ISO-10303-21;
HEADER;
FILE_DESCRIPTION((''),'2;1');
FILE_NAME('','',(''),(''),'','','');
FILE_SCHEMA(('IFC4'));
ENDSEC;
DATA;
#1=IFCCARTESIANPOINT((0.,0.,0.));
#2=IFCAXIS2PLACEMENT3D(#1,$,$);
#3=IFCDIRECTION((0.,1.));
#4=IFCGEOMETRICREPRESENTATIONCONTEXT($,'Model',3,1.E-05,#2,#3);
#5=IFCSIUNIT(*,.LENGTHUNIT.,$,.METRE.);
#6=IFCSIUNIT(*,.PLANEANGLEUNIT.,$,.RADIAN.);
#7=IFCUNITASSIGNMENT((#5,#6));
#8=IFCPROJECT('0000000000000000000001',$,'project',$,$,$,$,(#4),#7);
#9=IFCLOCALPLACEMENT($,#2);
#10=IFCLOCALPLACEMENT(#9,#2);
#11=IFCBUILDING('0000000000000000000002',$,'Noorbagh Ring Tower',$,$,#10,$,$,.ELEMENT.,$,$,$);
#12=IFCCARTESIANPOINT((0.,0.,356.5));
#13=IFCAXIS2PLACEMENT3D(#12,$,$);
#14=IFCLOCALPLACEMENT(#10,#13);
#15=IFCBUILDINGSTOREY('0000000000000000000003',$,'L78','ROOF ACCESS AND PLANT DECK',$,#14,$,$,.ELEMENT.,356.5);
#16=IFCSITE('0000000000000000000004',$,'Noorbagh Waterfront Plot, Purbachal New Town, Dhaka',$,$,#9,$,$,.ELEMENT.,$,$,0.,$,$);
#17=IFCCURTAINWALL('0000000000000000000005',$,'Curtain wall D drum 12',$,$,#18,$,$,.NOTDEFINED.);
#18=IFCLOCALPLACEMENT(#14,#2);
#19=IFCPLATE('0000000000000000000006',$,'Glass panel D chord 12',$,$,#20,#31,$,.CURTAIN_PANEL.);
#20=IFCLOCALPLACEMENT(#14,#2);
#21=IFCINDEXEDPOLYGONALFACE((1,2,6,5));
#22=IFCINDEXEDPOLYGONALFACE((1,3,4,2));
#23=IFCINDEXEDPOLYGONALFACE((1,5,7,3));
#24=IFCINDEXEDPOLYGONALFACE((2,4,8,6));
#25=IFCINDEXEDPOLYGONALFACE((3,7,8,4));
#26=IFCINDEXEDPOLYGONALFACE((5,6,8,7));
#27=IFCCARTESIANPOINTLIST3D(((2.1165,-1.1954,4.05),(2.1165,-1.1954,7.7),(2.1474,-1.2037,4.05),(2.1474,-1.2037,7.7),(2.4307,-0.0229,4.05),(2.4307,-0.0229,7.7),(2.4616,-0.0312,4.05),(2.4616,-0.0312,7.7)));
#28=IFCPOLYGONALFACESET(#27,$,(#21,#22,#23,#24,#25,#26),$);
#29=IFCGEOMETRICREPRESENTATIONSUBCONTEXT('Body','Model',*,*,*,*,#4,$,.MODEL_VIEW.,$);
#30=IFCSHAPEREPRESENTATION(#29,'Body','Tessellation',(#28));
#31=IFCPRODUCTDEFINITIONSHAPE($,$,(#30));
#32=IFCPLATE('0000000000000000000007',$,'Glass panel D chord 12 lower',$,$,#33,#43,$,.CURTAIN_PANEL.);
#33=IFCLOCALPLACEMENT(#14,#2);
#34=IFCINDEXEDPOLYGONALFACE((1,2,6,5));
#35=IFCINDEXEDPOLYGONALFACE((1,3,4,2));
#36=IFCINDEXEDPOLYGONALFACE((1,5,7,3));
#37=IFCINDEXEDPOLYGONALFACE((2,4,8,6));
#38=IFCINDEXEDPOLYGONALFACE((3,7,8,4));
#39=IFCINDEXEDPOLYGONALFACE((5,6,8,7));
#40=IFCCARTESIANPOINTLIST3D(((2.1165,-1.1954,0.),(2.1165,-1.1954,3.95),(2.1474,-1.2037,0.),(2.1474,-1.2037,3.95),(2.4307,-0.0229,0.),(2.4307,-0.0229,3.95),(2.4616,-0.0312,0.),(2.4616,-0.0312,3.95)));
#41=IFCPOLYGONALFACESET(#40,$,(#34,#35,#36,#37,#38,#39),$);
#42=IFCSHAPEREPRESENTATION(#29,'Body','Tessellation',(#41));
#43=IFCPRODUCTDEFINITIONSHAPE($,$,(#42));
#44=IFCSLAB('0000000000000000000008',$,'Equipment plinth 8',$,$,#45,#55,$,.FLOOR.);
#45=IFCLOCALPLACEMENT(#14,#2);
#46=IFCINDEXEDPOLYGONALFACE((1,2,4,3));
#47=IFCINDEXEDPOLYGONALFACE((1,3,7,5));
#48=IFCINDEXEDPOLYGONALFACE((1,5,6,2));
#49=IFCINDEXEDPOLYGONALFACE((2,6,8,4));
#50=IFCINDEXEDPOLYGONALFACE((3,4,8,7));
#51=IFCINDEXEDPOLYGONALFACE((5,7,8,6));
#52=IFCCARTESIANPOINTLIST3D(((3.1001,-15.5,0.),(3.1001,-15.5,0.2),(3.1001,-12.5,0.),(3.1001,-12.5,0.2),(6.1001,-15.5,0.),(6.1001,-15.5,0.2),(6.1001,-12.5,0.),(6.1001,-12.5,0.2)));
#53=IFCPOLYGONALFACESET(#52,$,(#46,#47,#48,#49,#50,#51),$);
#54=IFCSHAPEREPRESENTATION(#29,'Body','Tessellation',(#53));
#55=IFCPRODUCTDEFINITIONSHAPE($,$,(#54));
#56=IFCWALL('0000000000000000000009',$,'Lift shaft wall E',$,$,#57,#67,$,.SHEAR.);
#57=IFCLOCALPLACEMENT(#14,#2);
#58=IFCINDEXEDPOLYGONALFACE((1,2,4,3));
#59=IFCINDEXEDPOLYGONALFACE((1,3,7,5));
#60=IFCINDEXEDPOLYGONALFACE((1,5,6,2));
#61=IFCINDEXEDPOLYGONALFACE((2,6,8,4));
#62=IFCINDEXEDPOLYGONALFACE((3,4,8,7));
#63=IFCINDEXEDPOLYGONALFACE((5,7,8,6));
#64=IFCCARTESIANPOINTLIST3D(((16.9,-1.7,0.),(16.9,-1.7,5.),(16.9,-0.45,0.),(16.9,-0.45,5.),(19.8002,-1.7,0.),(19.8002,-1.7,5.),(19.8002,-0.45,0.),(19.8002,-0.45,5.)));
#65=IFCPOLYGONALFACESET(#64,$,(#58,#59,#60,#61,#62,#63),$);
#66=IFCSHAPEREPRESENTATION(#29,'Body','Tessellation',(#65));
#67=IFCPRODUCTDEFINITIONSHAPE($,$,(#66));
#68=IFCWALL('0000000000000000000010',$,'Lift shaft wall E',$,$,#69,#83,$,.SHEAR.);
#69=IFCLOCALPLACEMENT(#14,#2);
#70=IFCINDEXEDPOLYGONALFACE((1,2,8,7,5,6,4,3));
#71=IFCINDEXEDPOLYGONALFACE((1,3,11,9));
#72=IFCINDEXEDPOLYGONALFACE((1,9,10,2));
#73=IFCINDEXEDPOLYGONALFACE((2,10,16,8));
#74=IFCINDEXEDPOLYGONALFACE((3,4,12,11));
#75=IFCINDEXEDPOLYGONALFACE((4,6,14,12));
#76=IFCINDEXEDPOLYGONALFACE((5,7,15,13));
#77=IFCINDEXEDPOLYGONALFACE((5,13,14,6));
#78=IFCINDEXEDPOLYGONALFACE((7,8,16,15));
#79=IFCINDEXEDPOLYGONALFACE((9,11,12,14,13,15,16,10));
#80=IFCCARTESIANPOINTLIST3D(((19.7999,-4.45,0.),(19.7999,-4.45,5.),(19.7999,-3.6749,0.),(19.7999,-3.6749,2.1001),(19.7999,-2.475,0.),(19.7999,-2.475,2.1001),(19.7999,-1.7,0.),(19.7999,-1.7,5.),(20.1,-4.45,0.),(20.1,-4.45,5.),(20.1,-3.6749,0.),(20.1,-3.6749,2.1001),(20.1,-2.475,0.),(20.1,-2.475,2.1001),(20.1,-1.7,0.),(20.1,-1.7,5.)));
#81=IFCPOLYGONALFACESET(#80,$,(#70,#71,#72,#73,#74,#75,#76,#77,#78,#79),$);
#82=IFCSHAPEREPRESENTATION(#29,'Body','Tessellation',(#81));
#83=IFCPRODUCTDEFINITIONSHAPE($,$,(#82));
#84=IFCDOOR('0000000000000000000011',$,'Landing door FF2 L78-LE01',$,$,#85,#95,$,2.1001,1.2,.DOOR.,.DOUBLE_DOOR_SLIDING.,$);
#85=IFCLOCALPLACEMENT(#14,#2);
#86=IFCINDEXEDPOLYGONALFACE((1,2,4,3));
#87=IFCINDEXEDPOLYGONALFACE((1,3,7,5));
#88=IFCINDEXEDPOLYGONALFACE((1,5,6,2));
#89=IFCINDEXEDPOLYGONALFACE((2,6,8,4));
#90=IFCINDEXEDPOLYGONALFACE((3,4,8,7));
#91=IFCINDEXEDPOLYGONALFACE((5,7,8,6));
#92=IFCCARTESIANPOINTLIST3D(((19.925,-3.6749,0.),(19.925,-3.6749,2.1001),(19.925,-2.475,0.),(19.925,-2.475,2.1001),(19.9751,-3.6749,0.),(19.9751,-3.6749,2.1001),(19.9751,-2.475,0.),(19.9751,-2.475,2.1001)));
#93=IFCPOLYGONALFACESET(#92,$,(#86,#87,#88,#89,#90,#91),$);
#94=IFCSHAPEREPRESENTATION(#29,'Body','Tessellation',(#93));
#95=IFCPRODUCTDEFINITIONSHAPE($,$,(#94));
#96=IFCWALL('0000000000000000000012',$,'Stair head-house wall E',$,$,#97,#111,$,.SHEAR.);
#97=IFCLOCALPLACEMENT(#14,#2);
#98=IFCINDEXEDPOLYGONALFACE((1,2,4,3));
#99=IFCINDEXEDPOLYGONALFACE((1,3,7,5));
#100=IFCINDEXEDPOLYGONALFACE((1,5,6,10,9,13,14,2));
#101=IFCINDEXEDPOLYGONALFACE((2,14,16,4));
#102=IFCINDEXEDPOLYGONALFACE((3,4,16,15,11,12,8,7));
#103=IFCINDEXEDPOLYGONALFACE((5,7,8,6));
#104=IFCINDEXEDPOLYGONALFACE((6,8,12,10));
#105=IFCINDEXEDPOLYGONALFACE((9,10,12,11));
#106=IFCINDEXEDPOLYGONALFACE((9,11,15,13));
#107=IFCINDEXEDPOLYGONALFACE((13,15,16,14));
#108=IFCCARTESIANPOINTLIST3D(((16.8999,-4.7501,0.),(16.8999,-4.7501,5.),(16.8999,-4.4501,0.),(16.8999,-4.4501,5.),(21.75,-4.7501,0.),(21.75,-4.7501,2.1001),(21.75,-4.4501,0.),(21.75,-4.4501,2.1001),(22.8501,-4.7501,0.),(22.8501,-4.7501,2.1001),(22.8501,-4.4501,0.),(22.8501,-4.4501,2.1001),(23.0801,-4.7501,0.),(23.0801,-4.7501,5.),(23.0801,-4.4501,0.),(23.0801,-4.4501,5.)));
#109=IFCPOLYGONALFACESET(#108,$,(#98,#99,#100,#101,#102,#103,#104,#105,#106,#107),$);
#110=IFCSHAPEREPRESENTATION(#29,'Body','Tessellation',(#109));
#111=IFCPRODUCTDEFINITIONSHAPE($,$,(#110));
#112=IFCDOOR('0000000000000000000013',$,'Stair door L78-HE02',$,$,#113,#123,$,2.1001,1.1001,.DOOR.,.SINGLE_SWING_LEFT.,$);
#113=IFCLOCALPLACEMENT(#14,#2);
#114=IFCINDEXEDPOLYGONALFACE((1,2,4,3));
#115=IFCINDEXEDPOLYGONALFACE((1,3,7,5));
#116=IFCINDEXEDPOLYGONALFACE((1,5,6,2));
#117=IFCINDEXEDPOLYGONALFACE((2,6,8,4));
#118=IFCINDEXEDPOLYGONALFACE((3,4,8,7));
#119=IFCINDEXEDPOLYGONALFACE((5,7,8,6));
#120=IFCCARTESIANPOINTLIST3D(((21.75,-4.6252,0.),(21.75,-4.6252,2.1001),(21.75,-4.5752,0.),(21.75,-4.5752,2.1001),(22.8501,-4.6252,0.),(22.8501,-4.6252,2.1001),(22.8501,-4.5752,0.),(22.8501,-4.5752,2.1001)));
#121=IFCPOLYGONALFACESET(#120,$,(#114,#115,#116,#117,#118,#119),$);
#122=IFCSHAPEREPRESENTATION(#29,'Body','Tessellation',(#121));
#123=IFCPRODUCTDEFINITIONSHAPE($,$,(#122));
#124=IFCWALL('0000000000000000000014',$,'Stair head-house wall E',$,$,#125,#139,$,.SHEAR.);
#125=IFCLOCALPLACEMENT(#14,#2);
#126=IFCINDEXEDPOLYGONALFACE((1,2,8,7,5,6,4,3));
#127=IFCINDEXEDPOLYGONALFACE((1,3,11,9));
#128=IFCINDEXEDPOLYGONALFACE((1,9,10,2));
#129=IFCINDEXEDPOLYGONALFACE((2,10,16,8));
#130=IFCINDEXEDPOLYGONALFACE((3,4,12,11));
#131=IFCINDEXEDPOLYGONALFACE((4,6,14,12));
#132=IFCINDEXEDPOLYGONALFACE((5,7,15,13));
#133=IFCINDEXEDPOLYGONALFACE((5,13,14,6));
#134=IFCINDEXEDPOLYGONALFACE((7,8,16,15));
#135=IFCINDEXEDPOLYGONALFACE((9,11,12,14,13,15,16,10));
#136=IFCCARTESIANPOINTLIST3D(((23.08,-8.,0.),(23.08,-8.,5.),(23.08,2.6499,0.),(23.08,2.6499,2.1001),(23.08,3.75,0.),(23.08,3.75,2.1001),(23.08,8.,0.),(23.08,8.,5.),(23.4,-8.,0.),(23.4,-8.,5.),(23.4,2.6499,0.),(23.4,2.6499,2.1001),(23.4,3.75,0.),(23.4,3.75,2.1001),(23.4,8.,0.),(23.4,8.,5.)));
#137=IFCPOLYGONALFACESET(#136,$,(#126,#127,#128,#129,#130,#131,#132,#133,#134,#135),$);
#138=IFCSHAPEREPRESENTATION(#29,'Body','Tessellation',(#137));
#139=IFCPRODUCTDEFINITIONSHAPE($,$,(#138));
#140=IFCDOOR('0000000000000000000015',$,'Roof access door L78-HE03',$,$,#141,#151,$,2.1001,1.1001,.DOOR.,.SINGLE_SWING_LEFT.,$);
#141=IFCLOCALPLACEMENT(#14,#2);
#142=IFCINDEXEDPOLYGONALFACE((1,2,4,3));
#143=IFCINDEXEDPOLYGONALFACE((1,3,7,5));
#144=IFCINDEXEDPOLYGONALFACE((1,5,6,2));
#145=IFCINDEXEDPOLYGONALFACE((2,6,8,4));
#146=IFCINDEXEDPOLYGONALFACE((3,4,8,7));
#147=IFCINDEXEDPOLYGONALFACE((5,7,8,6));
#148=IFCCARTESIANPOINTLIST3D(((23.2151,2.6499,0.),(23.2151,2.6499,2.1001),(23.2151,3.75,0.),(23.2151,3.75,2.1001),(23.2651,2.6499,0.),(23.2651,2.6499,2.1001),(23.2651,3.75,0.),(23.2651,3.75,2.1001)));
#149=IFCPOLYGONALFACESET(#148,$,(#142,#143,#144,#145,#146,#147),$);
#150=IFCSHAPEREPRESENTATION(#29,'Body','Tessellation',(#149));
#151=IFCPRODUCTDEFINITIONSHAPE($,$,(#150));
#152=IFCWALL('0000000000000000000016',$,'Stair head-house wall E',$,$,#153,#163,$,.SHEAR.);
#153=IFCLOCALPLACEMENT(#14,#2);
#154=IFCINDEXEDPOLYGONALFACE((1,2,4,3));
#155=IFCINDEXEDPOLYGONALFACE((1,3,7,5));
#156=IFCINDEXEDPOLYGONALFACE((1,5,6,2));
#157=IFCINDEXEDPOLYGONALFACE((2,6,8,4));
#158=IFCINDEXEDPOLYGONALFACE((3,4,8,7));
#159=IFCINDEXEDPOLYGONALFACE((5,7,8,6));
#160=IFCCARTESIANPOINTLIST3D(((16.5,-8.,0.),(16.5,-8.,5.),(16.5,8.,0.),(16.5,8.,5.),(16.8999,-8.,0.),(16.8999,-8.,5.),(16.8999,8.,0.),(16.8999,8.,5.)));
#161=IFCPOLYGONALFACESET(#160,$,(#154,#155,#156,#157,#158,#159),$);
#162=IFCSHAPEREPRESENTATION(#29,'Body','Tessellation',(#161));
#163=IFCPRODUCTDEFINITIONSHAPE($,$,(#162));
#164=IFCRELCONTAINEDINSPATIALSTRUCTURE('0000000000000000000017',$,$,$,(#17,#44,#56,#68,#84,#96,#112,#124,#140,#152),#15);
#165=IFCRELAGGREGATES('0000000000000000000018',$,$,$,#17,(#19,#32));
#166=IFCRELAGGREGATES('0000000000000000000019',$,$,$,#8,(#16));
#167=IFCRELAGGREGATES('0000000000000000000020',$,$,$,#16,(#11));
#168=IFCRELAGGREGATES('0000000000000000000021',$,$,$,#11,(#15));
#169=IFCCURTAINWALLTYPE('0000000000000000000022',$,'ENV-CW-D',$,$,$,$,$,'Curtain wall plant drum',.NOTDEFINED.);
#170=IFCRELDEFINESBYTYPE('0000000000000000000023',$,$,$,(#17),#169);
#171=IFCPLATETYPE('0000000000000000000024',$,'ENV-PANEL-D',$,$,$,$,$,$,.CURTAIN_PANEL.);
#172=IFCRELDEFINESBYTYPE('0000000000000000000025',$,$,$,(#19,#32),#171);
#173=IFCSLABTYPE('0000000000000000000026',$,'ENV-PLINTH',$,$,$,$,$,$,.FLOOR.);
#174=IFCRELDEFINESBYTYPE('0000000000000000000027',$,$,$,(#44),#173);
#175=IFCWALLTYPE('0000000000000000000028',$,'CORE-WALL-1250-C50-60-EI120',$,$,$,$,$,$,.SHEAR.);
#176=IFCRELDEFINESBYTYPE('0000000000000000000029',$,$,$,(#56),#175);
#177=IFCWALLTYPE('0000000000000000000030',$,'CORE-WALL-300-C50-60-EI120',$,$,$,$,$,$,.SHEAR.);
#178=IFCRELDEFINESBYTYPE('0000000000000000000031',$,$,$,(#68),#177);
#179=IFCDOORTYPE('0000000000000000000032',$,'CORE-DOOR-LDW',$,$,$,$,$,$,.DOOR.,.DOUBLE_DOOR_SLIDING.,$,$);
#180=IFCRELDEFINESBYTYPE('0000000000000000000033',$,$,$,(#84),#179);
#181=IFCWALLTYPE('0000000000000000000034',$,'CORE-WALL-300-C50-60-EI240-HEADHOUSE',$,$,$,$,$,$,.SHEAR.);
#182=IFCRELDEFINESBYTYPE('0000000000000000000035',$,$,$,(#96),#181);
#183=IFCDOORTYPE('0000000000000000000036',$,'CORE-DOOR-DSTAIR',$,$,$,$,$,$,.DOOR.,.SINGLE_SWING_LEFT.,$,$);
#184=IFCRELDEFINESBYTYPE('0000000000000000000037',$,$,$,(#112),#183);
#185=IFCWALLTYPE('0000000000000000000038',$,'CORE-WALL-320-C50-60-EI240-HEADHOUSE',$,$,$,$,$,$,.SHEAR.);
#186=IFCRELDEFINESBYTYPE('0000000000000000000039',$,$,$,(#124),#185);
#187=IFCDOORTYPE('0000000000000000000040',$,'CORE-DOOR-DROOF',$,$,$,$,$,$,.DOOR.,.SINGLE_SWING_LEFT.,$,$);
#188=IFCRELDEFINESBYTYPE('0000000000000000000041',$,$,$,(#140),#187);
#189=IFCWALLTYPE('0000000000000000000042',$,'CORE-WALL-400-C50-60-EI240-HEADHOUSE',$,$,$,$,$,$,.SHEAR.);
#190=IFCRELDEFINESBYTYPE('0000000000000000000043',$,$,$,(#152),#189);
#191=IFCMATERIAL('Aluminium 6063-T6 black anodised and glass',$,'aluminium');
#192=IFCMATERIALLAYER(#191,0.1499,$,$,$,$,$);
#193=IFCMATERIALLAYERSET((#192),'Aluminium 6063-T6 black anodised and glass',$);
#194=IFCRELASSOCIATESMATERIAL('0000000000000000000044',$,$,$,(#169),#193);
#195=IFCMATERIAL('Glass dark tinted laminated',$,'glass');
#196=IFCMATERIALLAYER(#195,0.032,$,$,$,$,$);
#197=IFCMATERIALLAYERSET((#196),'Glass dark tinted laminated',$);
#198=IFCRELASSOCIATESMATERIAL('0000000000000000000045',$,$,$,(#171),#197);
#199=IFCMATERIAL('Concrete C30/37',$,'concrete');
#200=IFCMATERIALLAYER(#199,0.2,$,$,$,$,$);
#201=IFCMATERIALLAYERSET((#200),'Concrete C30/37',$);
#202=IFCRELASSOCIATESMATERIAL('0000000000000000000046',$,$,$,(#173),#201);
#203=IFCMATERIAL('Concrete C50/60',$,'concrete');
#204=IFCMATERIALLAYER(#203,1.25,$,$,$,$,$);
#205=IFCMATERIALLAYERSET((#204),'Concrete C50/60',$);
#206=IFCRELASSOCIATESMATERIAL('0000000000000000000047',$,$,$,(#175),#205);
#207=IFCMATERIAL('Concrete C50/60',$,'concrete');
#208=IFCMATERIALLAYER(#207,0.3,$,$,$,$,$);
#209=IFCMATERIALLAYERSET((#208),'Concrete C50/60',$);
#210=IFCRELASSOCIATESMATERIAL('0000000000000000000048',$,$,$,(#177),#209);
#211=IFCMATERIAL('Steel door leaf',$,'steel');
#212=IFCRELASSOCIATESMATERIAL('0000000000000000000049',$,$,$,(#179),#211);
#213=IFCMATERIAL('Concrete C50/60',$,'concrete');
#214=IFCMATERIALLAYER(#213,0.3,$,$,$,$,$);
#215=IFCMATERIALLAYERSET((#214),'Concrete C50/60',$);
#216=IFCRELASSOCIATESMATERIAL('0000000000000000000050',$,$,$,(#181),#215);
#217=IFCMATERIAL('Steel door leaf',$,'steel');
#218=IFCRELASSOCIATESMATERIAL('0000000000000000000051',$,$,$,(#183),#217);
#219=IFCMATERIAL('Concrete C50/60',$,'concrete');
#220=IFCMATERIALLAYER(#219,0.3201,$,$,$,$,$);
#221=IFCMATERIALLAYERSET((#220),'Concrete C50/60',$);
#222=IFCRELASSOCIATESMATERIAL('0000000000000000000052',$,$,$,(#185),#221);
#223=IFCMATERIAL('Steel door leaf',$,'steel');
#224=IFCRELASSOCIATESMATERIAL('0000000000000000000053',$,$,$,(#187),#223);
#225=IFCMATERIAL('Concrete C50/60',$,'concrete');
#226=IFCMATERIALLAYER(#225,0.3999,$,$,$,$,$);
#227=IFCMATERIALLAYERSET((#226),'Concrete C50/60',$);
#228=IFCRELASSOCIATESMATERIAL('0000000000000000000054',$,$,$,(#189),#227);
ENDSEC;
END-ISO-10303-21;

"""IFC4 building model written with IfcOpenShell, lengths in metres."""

from ifc_helpers import new_model, si_unit, direction, frame, frame_2d, origin, origin_2d, place, context, subcontext, project, spatial, rectangle, extrude, material, layer, layer_set, type_object, element, fill, aggregate, save


model = new_model("IFC4")

# Units and contexts
model_context = context("Model", 3, precision=1e-05, world=origin(), true_north=direction((0.0, 1.0)))
body_context = subcontext(model_context, "Body", "Model", "MODEL_VIEW")
ifc_project = project(units=[si_unit("LENGTHUNIT", "METRE"), si_unit("PLANEANGLEUNIT", "RADIAN")], contexts=[model_context])

# Site, building, storey
site_placement = place(None, origin())
site = spatial("IfcSite", under=ifc_project, at=site_placement, Name="Noorbagh Waterfront Plot, Purbachal New Town, Dhaka", CompositionType="ELEMENT", RefElevation=0.0)
building_placement = place(site_placement, origin())
building = spatial("IfcBuilding", under=site, at=building_placement, Name="Noorbagh Ring Tower", CompositionType="ELEMENT")
storey_placement = place(building_placement, frame((0.0, 0.0, 356.5)))
storey = spatial("IfcBuildingStorey", under=building, at=storey_placement, Name="L78", Description="ROOF ACCESS AND PLANT DECK", CompositionType="ELEMENT", Elevation=356.5)

# Curtain wall, plates
ifc_material_1 = material(Name="Aluminium 6063-T6 black anodised and glass", Category="aluminium")
ifc_layer_1 = layer(ifc_material_1, 0.1499)
ifc_layer_set_1 = layer_set([ifc_layer_1], Name="Aluminium 6063-T6 black anodised and glass")
curtain_wall_type = type_object("IfcCurtainWallType", Name="ENV-CW-D", ElementType="Curtain wall plant drum", PredefinedType="NOTDEFINED", material=ifc_layer_set_1)
curtain_wall_placement = place(storey_placement, origin())
curtain_wall = element("IfcCurtainWall", 1, at=curtain_wall_placement, inside=storey, type_object=curtain_wall_type, Name="Curtain wall D drum 12", PredefinedType="NOTDEFINED")
ifc_material_2 = material(Name="Glass dark tinted laminated", Category="glass")
ifc_layer_2 = layer(ifc_material_2, 0.032)
ifc_layer_set_2 = layer_set([ifc_layer_2], Name="Glass dark tinted laminated")
plate_type = type_object("IfcPlateType", Name="ENV-PANEL-D", PredefinedType="CURTAIN_PANEL", material=ifc_layer_set_2)
placement = place(building_placement, frame((0.0, 0.0, 360.1499)))
plate_1_placement = place(placement, frame((2.2891, -0.6133, 0.4001), z_axis=(0.0, 0.0, 1.0), x_axis=(0.258819, 0.965926, 0.0)))
plate_1 = element("IfcPlate", 2, at=plate_1_placement, type_object=plate_type, Name="Glass panel D chord 12", PredefinedType="CURTAIN_PANEL", context=body_context, shape_type="SweptSolid", body=[
    extrude(rectangle(XDim=1.2139, YDim=0.032, at=origin_2d()), origin(), (0.0, 0.0, 1.0), 3.6499),
])
plate_2_placement = place(storey_placement, frame((2.2891, -0.6133, 0.0), z_axis=(0.0, 0.0, 1.0), x_axis=(0.258819, 0.965926, 0.0)))
plate_2 = element("IfcPlate", 3, at=plate_2_placement, type_object=plate_type, Name="Glass panel D chord 12 lower", PredefinedType="CURTAIN_PANEL", context=body_context, shape_type="SweptSolid", body=[
    extrude(rectangle(XDim=1.2139, YDim=0.032, at=origin_2d()), origin(), (0.0, 0.0, 1.0), 3.95),
])

# Slab
ifc_material_3 = material(Name="Concrete C30/37", Category="concrete")
ifc_layer_3 = layer(ifc_material_3, 0.2)
ifc_layer_set_3 = layer_set([ifc_layer_3], Name="Concrete C30/37")
slab_type = type_object("IfcSlabType", Name="ENV-PLINTH", PredefinedType="FLOOR", material=ifc_layer_set_3)
slab_placement = place(storey_placement, frame((4.6001, -14.0, 0.0), z_axis=(0.0, 0.0, 1.0), x_axis=(1.0, 0.0, 0.0)))
element("IfcSlab", 4, at=slab_placement, inside=storey, type_object=slab_type, Name="Equipment plinth 8", PredefinedType="FLOOR", context=body_context, shape_type="SweptSolid", body=[
    extrude(rectangle(XDim=3.0, YDim=3.0, at=origin_2d()), origin(), (0.0, 0.0, 1.0), 0.2),
])

# Wall
ifc_material_4 = material(Name="Concrete C50/60", Category="concrete")
ifc_layer_4 = layer(ifc_material_4, 1.25)
ifc_layer_set_4 = layer_set([ifc_layer_4], Name="Concrete C50/60")
wall_type_1 = type_object("IfcWallType", Name="CORE-WALL-1250-C50-60-EI120", PredefinedType="SHEAR", material=ifc_layer_set_4)
wall_1_placement = place(storey_placement, frame((16.8999, -1.075, 0.0), z_axis=(0.0, 0.0, 1.0), x_axis=(1.0, 0.0, 0.0)))
element("IfcWall", 5, at=wall_1_placement, inside=storey, type_object=wall_type_1, Name="Lift shaft wall E", PredefinedType="SHEAR", context=body_context, shape_type="SweptSolid", body=[
    extrude(rectangle(XDim=2.9001, YDim=1.25, at=frame_2d((1.4502, 0.0))), origin(), (0.0, 0.0, 1.0), 5.0),
])

# Walls, openings, doors
ifc_material_5 = material(Name="Concrete C50/60", Category="concrete")
ifc_layer_5 = layer(ifc_material_5, 0.3)
ifc_layer_set_5 = layer_set([ifc_layer_5], Name="Concrete C50/60")
wall_type_2 = type_object("IfcWallType", Name="CORE-WALL-300-C50-60-EI120", PredefinedType="SHEAR", material=ifc_layer_set_5)
wall_2_placement = place(storey_placement, frame((19.95, -4.45, 0.0), z_axis=(0.0, 0.0, 1.0), x_axis=(0.0, 1.0, 0.0)))
wall_2 = element("IfcWall", 6, at=wall_2_placement, inside=storey, type_object=wall_type_2, Name="Lift shaft wall E", PredefinedType="SHEAR", context=body_context, shape_type="SweptSolid", body=[
    extrude(rectangle(XDim=2.75, YDim=0.3, at=frame_2d((1.375, 0.0))), origin(), (0.0, 0.0, 1.0), 5.0),
])
opening_1_placement = place(wall_2_placement, frame((0.7749, 0.0, 0.0)))
opening_1 = element("IfcOpeningElement", 7, at=opening_1_placement, cuts=wall_2, PredefinedType="OPENING", context=body_context, shape_type="SweptSolid", body=[
    extrude(rectangle(XDim=1.2, YDim=2.1001, at=frame_2d((0.6001, 1.05))), frame((0.0, 0.1602, 0.0), z_axis=(0.0, -1.0, 0.0), x_axis=(1.0, 0.0, 0.0)), (0.0, 0.0, 1.0), 0.3201),
])
ifc_material_6 = material(Name="Steel door leaf", Category="steel")
door_type_1 = type_object("IfcDoorType", Name="CORE-DOOR-LDW", OperationType="DOUBLE_DOOR_SLIDING", PredefinedType="DOOR", material=ifc_material_6)
door_1_placement = place(opening_1_placement, origin())
door_1 = element("IfcDoor", 8, at=door_1_placement, inside=storey, type_object=door_type_1, Name="Landing door FF2 L78-LE01", OperationType="DOUBLE_DOOR_SLIDING", OverallHeight=2.1001, OverallWidth=1.2, PredefinedType="DOOR", context=body_context, shape_type="SweptSolid", body=[
    extrude(rectangle(XDim=1.2, YDim=2.1001, at=frame_2d((0.6001, 1.05))), frame((0.0, 0.0249, 0.0), z_axis=(0.0, -1.0, 0.0), x_axis=(1.0, 0.0, 0.0)), (0.0, 0.0, 1.0), 0.05),
])
fill(opening_1, door_1)
ifc_material_7 = material(Name="Concrete C50/60", Category="concrete")
ifc_layer_6 = layer(ifc_material_7, 0.3)
ifc_layer_set_6 = layer_set([ifc_layer_6], Name="Concrete C50/60")
wall_type_3 = type_object("IfcWallType", Name="CORE-WALL-300-C50-60-EI240-HEADHOUSE", PredefinedType="SHEAR", material=ifc_layer_set_6)
wall_3_placement = place(storey_placement, frame((16.8999, -4.6001, 0.0), z_axis=(0.0, 0.0, 1.0), x_axis=(1.0, 0.0, 0.0)))
wall_3 = element("IfcWall", 9, at=wall_3_placement, inside=storey, type_object=wall_type_3, Name="Stair head-house wall E", PredefinedType="SHEAR", context=body_context, shape_type="SweptSolid", body=[
    extrude(rectangle(XDim=6.1802, YDim=0.3, at=frame_2d((3.0901, 0.0))), origin(), (0.0, 0.0, 1.0), 5.0),
])
opening_2_placement = place(wall_3_placement, frame((4.8501, 0.0, 0.0)))
opening_2 = element("IfcOpeningElement", 10, at=opening_2_placement, cuts=wall_3, PredefinedType="OPENING", context=body_context, shape_type="SweptSolid", body=[
    extrude(rectangle(XDim=1.1001, YDim=2.1001, at=frame_2d((0.55, 1.05))), frame((0.0, 0.1602, 0.0), z_axis=(0.0, -1.0, 0.0), x_axis=(1.0, 0.0, 0.0)), (0.0, 0.0, 1.0), 0.3201),
])
ifc_material_8 = material(Name="Steel door leaf", Category="steel")
door_type_2 = type_object("IfcDoorType", Name="CORE-DOOR-DSTAIR", OperationType="SINGLE_SWING_LEFT", PredefinedType="DOOR", material=ifc_material_8)
door_2_placement = place(opening_2_placement, origin())
door_2 = element("IfcDoor", 11, at=door_2_placement, inside=storey, type_object=door_type_2, Name="Stair door L78-HE02", OperationType="SINGLE_SWING_LEFT", OverallHeight=2.1001, OverallWidth=1.1001, PredefinedType="DOOR", context=body_context, shape_type="SweptSolid", body=[
    extrude(rectangle(XDim=1.1001, YDim=2.1001, at=frame_2d((0.55, 1.05))), frame((0.0, 0.0249, 0.0), z_axis=(0.0, -1.0, 0.0), x_axis=(1.0, 0.0, 0.0)), (0.0, 0.0, 1.0), 0.05),
])
fill(opening_2, door_2)
ifc_material_9 = material(Name="Concrete C50/60", Category="concrete")
ifc_layer_7 = layer(ifc_material_9, 0.3201)
ifc_layer_set_7 = layer_set([ifc_layer_7], Name="Concrete C50/60")
wall_type_4 = type_object("IfcWallType", Name="CORE-WALL-320-C50-60-EI240-HEADHOUSE", PredefinedType="SHEAR", material=ifc_layer_set_7)
wall_4_placement = place(storey_placement, frame((23.24, -8.0, 0.0), z_axis=(0.0, 0.0, 1.0), x_axis=(0.0, 1.0, 0.0)))
wall_4 = element("IfcWall", 12, at=wall_4_placement, inside=storey, type_object=wall_type_4, Name="Stair head-house wall E", PredefinedType="SHEAR", context=body_context, shape_type="SweptSolid", body=[
    extrude(rectangle(XDim=16.0, YDim=0.3201, at=frame_2d((8.0, 0.0))), origin(), (0.0, 0.0, 1.0), 5.0),
])
opening_3_placement = place(wall_4_placement, frame((10.6499, 0.0, 0.0)))
opening_3 = element("IfcOpeningElement", 13, at=opening_3_placement, cuts=wall_4, PredefinedType="OPENING", context=body_context, shape_type="SweptSolid", body=[
    extrude(rectangle(XDim=1.1001, YDim=2.1001, at=frame_2d((0.55, 1.05))), frame((0.0, 0.1699, 0.0), z_axis=(0.0, -1.0, 0.0), x_axis=(1.0, 0.0, 0.0)), (0.0, 0.0, 1.0), 0.3401),
])
ifc_material_10 = material(Name="Steel door leaf", Category="steel")
door_type_3 = type_object("IfcDoorType", Name="CORE-DOOR-DROOF", OperationType="SINGLE_SWING_LEFT", PredefinedType="DOOR", material=ifc_material_10)
door_3_placement = place(opening_3_placement, origin())
door_3 = element("IfcDoor", 14, at=door_3_placement, inside=storey, type_object=door_type_3, Name="Roof access door L78-HE03", OperationType="SINGLE_SWING_LEFT", OverallHeight=2.1001, OverallWidth=1.1001, PredefinedType="DOOR", context=body_context, shape_type="SweptSolid", body=[
    extrude(rectangle(XDim=1.1001, YDim=2.1001, at=frame_2d((0.55, 1.05))), frame((0.0, 0.0249, 0.0), z_axis=(0.0, -1.0, 0.0), x_axis=(1.0, 0.0, 0.0)), (0.0, 0.0, 1.0), 0.05),
])
fill(opening_3, door_3)

# Wall
ifc_material_11 = material(Name="Concrete C50/60", Category="concrete")
ifc_layer_8 = layer(ifc_material_11, 0.3999)
ifc_layer_set_8 = layer_set([ifc_layer_8], Name="Concrete C50/60")
wall_type_5 = type_object("IfcWallType", Name="CORE-WALL-400-C50-60-EI240-HEADHOUSE", PredefinedType="SHEAR", material=ifc_layer_set_8)
wall_5_placement = place(storey_placement, frame((16.7, -8.0, 0.0), z_axis=(0.0, 0.0, 1.0), x_axis=(0.0, 1.0, 0.0)))
element("IfcWall", 15, at=wall_5_placement, inside=storey, type_object=wall_type_5, Name="Stair head-house wall E", PredefinedType="SHEAR", context=body_context, shape_type="SweptSolid", body=[
    extrude(rectangle(XDim=16.0, YDim=0.3999, at=frame_2d((8.0, 0.0))), origin(), (0.0, 0.0, 1.0), 5.0),
])

aggregate(curtain_wall, [plate_1, plate_2])

save(model, "model.ifc")
